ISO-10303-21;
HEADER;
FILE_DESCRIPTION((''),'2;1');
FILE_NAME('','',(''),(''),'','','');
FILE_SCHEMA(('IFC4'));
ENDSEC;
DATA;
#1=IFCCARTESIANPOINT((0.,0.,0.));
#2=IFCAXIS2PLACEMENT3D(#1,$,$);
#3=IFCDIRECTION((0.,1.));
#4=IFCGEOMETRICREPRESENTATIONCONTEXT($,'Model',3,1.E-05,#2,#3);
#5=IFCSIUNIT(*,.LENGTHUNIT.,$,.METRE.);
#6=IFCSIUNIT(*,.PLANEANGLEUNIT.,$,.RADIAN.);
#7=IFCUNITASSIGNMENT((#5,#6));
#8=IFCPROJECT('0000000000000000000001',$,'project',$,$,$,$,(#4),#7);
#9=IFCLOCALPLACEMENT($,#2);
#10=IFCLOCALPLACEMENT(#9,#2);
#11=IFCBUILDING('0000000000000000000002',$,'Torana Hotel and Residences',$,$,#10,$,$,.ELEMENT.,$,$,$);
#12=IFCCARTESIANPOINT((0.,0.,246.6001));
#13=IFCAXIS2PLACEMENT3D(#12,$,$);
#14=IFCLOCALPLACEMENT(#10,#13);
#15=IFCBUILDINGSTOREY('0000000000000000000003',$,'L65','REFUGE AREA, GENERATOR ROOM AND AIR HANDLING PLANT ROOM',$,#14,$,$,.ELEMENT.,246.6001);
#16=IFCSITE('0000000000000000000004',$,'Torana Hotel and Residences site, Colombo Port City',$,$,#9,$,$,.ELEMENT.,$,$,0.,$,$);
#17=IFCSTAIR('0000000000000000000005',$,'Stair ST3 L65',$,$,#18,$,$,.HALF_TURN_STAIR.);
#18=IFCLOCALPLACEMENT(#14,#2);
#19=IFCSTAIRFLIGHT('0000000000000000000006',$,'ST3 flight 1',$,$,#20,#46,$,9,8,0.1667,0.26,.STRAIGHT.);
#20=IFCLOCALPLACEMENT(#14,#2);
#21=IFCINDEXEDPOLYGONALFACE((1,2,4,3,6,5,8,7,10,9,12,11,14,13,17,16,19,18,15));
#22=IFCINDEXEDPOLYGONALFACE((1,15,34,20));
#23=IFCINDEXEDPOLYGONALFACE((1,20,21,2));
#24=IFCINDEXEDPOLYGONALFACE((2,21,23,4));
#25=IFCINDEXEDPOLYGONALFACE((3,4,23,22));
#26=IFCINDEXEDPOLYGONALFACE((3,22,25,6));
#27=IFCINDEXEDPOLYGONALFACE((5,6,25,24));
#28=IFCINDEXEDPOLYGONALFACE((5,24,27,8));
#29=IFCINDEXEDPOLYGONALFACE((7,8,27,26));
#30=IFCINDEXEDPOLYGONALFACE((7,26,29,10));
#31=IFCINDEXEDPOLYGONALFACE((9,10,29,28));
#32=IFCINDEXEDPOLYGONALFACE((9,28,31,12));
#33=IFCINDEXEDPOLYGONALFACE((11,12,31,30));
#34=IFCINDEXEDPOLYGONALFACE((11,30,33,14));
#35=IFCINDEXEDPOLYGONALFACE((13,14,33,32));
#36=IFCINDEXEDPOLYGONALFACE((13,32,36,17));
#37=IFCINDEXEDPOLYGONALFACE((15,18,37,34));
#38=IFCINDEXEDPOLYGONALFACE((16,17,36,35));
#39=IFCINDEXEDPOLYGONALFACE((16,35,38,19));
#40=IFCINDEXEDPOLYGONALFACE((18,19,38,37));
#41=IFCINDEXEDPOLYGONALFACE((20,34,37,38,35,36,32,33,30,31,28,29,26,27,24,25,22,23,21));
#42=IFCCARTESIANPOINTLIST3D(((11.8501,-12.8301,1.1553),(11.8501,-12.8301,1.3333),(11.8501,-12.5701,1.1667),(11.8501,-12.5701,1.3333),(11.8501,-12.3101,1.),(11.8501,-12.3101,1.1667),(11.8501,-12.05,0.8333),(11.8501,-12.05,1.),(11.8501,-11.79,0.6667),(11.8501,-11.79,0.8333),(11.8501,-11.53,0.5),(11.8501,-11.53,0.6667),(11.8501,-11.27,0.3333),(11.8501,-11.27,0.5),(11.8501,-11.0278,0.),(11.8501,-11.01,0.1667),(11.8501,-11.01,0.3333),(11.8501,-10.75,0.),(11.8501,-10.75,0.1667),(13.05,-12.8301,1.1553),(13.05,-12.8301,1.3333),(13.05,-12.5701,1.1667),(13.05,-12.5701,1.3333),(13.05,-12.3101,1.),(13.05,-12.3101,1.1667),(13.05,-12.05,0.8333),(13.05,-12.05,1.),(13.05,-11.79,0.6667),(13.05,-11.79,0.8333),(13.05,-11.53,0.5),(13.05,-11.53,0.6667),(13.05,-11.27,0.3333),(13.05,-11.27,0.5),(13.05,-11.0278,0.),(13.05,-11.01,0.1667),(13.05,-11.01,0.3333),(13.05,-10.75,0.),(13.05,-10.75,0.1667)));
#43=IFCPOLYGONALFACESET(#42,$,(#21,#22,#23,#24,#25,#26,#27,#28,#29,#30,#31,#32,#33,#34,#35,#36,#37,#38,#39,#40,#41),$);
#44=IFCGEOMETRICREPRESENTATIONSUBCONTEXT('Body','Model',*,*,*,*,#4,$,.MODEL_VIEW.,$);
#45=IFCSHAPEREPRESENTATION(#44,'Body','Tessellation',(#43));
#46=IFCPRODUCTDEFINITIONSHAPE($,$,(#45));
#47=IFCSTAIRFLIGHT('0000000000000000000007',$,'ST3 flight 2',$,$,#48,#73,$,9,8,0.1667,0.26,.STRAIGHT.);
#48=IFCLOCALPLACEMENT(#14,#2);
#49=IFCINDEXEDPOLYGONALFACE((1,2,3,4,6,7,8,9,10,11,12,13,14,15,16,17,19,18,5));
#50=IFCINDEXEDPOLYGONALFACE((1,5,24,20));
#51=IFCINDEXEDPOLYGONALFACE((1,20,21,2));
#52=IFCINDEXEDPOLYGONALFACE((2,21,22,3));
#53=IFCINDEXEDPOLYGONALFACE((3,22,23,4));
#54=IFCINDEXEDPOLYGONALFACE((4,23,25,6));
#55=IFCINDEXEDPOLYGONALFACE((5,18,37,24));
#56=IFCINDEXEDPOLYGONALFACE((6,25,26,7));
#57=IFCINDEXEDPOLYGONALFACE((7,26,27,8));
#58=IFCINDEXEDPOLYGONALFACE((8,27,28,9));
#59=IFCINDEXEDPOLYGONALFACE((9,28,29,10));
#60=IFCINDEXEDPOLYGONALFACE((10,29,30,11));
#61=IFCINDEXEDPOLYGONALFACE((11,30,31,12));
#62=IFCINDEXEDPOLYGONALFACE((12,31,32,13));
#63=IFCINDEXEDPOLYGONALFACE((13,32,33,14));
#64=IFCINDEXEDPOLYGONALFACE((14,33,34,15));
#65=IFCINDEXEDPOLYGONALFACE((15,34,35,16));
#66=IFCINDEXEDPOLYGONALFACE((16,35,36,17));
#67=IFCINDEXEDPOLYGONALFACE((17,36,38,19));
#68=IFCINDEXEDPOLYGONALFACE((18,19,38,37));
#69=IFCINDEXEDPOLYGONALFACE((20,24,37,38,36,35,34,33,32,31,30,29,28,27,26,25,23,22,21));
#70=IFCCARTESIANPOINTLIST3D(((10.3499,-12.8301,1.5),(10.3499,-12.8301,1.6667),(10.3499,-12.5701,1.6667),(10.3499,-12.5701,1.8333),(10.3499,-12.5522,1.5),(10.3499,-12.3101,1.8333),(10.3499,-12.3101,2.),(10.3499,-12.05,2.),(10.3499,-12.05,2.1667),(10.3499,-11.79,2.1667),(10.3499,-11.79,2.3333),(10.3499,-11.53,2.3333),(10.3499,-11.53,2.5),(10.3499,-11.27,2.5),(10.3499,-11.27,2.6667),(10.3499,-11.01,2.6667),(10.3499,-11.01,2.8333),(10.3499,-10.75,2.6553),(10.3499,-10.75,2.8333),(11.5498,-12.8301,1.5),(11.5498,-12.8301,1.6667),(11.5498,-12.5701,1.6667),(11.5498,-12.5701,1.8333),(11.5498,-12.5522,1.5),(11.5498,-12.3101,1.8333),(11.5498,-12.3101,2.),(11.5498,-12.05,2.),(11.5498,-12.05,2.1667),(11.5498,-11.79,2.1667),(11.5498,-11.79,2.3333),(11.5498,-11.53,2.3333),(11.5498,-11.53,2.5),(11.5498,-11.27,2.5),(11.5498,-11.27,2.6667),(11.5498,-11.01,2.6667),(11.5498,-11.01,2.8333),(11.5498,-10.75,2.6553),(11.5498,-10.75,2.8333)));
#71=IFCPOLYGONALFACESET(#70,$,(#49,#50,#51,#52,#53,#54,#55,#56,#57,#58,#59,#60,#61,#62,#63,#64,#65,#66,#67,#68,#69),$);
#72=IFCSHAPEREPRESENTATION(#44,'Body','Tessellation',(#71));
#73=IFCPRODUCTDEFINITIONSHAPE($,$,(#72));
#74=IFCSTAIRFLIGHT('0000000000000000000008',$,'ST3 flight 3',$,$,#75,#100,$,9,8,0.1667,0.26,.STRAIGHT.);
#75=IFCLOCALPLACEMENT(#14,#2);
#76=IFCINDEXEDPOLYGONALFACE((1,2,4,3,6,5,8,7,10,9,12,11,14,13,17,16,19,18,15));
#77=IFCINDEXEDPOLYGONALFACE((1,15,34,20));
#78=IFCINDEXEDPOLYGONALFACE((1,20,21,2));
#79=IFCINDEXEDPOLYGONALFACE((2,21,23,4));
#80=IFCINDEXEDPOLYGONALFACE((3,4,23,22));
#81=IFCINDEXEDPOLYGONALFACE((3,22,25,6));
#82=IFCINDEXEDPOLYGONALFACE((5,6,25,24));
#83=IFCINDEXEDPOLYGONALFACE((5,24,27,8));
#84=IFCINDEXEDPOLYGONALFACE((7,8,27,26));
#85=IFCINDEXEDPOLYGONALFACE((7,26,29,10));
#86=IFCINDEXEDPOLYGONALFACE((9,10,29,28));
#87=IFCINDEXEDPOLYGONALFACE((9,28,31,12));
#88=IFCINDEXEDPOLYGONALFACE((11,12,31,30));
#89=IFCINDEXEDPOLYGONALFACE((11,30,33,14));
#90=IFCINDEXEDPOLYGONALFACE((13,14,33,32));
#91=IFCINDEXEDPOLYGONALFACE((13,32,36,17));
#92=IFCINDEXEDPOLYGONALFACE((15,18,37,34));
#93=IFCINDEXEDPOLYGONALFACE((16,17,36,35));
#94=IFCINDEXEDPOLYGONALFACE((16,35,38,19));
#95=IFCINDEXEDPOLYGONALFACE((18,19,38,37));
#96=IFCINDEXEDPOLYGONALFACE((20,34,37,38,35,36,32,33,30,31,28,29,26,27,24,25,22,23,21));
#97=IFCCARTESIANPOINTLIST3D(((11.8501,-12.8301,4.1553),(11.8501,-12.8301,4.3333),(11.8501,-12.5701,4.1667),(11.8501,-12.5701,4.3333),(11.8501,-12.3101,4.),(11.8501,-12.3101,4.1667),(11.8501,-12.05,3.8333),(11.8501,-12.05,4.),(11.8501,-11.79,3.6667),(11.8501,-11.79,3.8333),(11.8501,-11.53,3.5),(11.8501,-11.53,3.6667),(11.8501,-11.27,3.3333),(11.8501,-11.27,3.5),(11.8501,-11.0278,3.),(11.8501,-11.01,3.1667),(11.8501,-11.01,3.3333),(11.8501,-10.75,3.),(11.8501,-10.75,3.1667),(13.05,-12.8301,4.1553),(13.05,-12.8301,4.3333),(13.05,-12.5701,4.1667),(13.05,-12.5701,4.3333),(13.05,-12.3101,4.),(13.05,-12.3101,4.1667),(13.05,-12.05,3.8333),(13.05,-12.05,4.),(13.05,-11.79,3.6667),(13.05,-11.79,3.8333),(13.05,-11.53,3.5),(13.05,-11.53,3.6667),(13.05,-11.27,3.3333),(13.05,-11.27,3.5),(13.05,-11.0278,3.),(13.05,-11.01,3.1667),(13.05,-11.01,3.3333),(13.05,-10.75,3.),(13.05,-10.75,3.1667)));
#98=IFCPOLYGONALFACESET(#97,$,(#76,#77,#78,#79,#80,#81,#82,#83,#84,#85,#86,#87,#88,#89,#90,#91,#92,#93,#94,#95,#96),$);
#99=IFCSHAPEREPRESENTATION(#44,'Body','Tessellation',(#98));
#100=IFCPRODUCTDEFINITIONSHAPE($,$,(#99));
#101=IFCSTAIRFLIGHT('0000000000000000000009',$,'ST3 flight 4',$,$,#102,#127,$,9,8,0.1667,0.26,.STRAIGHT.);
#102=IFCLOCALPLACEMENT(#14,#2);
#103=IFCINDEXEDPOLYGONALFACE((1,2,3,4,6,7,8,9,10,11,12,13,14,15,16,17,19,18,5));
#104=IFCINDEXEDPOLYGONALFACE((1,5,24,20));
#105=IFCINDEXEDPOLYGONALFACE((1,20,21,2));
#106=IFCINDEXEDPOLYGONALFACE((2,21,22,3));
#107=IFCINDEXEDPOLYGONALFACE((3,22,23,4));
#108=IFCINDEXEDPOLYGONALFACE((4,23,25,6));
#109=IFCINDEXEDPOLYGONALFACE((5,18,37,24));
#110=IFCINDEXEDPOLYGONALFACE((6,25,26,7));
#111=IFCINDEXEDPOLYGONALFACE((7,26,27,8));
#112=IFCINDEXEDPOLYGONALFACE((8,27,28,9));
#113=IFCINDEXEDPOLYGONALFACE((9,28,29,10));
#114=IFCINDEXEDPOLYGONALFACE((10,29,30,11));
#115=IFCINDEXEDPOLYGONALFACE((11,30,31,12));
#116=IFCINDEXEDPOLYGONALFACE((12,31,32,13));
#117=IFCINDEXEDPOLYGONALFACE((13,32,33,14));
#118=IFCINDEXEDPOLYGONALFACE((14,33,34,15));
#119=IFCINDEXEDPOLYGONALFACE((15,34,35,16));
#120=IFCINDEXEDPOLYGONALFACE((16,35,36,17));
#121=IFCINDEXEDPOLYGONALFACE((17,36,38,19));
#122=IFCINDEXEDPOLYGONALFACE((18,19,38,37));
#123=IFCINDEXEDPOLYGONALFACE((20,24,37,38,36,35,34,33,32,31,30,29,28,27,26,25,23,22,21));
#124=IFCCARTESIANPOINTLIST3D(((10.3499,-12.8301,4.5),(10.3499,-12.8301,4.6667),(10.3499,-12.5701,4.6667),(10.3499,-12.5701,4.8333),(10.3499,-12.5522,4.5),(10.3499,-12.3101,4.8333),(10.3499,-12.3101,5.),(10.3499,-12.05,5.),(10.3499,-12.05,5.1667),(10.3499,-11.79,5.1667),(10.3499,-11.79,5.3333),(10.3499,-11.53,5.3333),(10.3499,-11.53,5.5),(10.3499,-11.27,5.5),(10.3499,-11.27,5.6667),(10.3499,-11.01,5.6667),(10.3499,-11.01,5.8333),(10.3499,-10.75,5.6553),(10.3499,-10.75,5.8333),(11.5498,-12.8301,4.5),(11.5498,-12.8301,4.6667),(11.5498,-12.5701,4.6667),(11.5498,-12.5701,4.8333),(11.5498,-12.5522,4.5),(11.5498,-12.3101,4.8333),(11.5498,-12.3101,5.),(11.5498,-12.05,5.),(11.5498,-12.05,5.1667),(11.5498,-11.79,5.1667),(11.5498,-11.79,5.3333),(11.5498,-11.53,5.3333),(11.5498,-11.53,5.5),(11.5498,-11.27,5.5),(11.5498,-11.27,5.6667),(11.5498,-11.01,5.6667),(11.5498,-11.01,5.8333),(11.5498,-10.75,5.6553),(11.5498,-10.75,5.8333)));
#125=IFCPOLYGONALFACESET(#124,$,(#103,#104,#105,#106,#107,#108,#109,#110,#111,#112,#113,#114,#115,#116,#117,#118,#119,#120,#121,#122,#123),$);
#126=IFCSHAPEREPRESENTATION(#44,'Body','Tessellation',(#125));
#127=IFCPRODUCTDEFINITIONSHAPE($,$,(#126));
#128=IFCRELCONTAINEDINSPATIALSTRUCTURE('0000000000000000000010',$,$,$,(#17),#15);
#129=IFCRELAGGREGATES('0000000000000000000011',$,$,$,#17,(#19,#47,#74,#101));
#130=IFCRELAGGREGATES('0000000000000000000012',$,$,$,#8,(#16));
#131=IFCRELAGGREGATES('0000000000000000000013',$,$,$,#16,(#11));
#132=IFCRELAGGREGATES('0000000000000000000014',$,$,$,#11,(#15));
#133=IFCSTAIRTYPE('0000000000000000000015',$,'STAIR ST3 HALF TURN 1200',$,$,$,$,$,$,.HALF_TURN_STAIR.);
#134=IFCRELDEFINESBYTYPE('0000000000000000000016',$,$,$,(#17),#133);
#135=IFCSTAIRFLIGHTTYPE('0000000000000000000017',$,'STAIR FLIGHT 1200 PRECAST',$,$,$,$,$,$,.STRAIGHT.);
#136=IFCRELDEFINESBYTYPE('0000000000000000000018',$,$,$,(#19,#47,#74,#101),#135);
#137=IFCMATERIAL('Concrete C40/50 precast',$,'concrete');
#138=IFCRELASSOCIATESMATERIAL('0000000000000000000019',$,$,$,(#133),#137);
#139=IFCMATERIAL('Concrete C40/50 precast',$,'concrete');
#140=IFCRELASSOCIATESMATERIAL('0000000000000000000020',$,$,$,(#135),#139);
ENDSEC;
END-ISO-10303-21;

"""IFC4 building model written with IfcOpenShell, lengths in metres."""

from ifc_helpers import new_model, si_unit, direction, frame, origin, place, context, subcontext, project, spatial, polyline, outline, extrude, material, type_object, element, aggregate, save


model = new_model("IFC4")

# Units and contexts
model_context = context("Model", 3, precision=1e-05, world=origin(), true_north=direction((0.0, 1.0)))
body_context = subcontext(model_context, "Body", "Model", "MODEL_VIEW")
ifc_project = project(units=[si_unit("LENGTHUNIT", "METRE"), si_unit("PLANEANGLEUNIT", "RADIAN")], contexts=[model_context])

# Site, building, storey
site_placement = place(None, origin())
site = spatial("IfcSite", under=ifc_project, at=site_placement, Name="Torana Hotel and Residences site, Colombo Port City", CompositionType="ELEMENT", RefElevation=0.0)
building_placement = place(site_placement, origin())
building = spatial("IfcBuilding", under=site, at=building_placement, Name="Torana Hotel and Residences", CompositionType="ELEMENT")
storey_placement = place(building_placement, frame((0.0, 0.0, 246.6001)))
storey = spatial("IfcBuildingStorey", under=building, at=storey_placement, Name="L65", Description="REFUGE AREA, GENERATOR ROOM AND AIR HANDLING PLANT ROOM", CompositionType="ELEMENT", Elevation=246.6001)

# Stair, stair flights
ifc_material_1 = material(Name="Concrete C40/50 precast", Category="concrete")
stair_type = type_object("IfcStairType", Name="STAIR ST3 HALF TURN 1200", PredefinedType="HALF_TURN_STAIR", material=ifc_material_1)
stair_placement = place(storey_placement, origin())
stair = element("IfcStair", 1, at=stair_placement, inside=storey, type_object=stair_type, Name="Stair ST3 L65", PredefinedType="HALF_TURN_STAIR")
ifc_material_2 = material(Name="Concrete C40/50 precast", Category="concrete")
stair_flight_type = type_object("IfcStairFlightType", Name="STAIR FLIGHT 1200 PRECAST", PredefinedType="STRAIGHT", material=ifc_material_2)
stair_flight_1_placement = place(storey_placement, frame((12.45, -10.75, 0.0), z_axis=(0.0, 0.0, 1.0), x_axis=(0.0, -1.0, 0.0)))
stair_flight_1 = element("IfcStairFlight", 2, at=stair_flight_1_placement, type_object=stair_flight_type, Name="ST3 flight 1", NumberOfRisers=9, NumberOfTreads=8, PredefinedType="STRAIGHT", RiserHeight=0.1667, TreadLength=0.26, context=body_context, shape_type="SweptSolid", body=[
    extrude(outline(polyline([(0.0, 0.0), (0.0, 0.1667), (0.26, 0.1667), (0.26, 0.3333), (0.52, 0.3333), (0.52, 0.5), (0.78, 0.5), (0.78, 0.6667), (1.04, 0.6667), (1.04, 0.8333), (1.3, 0.8333), (1.3, 1.0), (1.5601, 1.0), (1.5601, 1.1667), (1.8201, 1.1667), (1.8201, 1.3333), (2.0801, 1.3333), (2.0801, 1.5), (2.0801, 1.1553), (0.2778, 0.0), (0.0, 0.0)])), frame((0.0, 0.6001, 0.0), z_axis=(0.0, -1.0, 0.0), x_axis=(1.0, 0.0, 0.0)), (0.0, 0.0, 1.0), 1.2),
])
stair_flight_2_placement = place(storey_placement, frame((10.95, -12.8301, 1.5), z_axis=(0.0, 0.0, 1.0), x_axis=(0.0, 1.0, 0.0)))
stair_flight_2 = element("IfcStairFlight", 3, at=stair_flight_2_placement, type_object=stair_flight_type, Name="ST3 flight 2", NumberOfRisers=9, NumberOfTreads=8, PredefinedType="STRAIGHT", RiserHeight=0.1667, TreadLength=0.26, context=body_context, shape_type="SweptSolid", body=[
    extrude(outline(polyline([(0.0, 0.0), (0.0, 0.1667), (0.26, 0.1667), (0.26, 0.3333), (0.52, 0.3333), (0.52, 0.5), (0.78, 0.5), (0.78, 0.6667), (1.04, 0.6667), (1.04, 0.8333), (1.3, 0.8333), (1.3, 1.0), (1.5601, 1.0), (1.5601, 1.1667), (1.8201, 1.1667), (1.8201, 1.3333), (2.0801, 1.3333), (2.0801, 1.5), (2.0801, 1.1553), (0.2778, 0.0), (0.0, 0.0)])), frame((0.0, 0.6001, 0.0), z_axis=(0.0, -1.0, 0.0), x_axis=(1.0, 0.0, 0.0)), (0.0, 0.0, 1.0), 1.2),
])
stair_flight_3_placement = place(storey_placement, frame((12.45, -10.75, 3.0), z_axis=(0.0, 0.0, 1.0), x_axis=(0.0, -1.0, 0.0)))
stair_flight_3 = element("IfcStairFlight", 4, at=stair_flight_3_placement, type_object=stair_flight_type, Name="ST3 flight 3", NumberOfRisers=9, NumberOfTreads=8, PredefinedType="STRAIGHT", RiserHeight=0.1667, TreadLength=0.26, context=body_context, shape_type="SweptSolid", body=[
    extrude(outline(polyline([(0.0, 0.0), (0.0, 0.1667), (0.26, 0.1667), (0.26, 0.3333), (0.52, 0.3333), (0.52, 0.5), (0.78, 0.5), (0.78, 0.6667), (1.04, 0.6667), (1.04, 0.8333), (1.3, 0.8333), (1.3, 1.0), (1.5601, 1.0), (1.5601, 1.1667), (1.8201, 1.1667), (1.8201, 1.3333), (2.0801, 1.3333), (2.0801, 1.5), (2.0801, 1.1553), (0.2778, 0.0), (0.0, 0.0)])), frame((0.0, 0.6001, 0.0), z_axis=(0.0, -1.0, 0.0), x_axis=(1.0, 0.0, 0.0)), (0.0, 0.0, 1.0), 1.2),
])
stair_flight_4_placement = place(storey_placement, frame((10.95, -12.8301, 4.5), z_axis=(0.0, 0.0, 1.0), x_axis=(0.0, 1.0, 0.0)))
stair_flight_4 = element("IfcStairFlight", 5, at=stair_flight_4_placement, type_object=stair_flight_type, Name="ST3 flight 4", NumberOfRisers=9, NumberOfTreads=8, PredefinedType="STRAIGHT", RiserHeight=0.1667, TreadLength=0.26, context=body_context, shape_type="SweptSolid", body=[
    extrude(outline(polyline([(0.0, 0.0), (0.0, 0.1667), (0.26, 0.1667), (0.26, 0.3333), (0.52, 0.3333), (0.52, 0.5), (0.78, 0.5), (0.78, 0.6667), (1.04, 0.6667), (1.04, 0.8333), (1.3, 0.8333), (1.3, 1.0), (1.5601, 1.0), (1.5601, 1.1667), (1.8201, 1.1667), (1.8201, 1.3333), (2.0801, 1.3333), (2.0801, 1.5), (2.0801, 1.1553), (0.2778, 0.0), (0.0, 0.0)])), frame((0.0, 0.6001, 0.0), z_axis=(0.0, -1.0, 0.0), x_axis=(1.0, 0.0, 0.0)), (0.0, 0.0, 1.0), 1.2),
])
aggregate(stair, [stair_flight_1, stair_flight_2, stair_flight_3, stair_flight_4])

save(model, "model.ifc")
